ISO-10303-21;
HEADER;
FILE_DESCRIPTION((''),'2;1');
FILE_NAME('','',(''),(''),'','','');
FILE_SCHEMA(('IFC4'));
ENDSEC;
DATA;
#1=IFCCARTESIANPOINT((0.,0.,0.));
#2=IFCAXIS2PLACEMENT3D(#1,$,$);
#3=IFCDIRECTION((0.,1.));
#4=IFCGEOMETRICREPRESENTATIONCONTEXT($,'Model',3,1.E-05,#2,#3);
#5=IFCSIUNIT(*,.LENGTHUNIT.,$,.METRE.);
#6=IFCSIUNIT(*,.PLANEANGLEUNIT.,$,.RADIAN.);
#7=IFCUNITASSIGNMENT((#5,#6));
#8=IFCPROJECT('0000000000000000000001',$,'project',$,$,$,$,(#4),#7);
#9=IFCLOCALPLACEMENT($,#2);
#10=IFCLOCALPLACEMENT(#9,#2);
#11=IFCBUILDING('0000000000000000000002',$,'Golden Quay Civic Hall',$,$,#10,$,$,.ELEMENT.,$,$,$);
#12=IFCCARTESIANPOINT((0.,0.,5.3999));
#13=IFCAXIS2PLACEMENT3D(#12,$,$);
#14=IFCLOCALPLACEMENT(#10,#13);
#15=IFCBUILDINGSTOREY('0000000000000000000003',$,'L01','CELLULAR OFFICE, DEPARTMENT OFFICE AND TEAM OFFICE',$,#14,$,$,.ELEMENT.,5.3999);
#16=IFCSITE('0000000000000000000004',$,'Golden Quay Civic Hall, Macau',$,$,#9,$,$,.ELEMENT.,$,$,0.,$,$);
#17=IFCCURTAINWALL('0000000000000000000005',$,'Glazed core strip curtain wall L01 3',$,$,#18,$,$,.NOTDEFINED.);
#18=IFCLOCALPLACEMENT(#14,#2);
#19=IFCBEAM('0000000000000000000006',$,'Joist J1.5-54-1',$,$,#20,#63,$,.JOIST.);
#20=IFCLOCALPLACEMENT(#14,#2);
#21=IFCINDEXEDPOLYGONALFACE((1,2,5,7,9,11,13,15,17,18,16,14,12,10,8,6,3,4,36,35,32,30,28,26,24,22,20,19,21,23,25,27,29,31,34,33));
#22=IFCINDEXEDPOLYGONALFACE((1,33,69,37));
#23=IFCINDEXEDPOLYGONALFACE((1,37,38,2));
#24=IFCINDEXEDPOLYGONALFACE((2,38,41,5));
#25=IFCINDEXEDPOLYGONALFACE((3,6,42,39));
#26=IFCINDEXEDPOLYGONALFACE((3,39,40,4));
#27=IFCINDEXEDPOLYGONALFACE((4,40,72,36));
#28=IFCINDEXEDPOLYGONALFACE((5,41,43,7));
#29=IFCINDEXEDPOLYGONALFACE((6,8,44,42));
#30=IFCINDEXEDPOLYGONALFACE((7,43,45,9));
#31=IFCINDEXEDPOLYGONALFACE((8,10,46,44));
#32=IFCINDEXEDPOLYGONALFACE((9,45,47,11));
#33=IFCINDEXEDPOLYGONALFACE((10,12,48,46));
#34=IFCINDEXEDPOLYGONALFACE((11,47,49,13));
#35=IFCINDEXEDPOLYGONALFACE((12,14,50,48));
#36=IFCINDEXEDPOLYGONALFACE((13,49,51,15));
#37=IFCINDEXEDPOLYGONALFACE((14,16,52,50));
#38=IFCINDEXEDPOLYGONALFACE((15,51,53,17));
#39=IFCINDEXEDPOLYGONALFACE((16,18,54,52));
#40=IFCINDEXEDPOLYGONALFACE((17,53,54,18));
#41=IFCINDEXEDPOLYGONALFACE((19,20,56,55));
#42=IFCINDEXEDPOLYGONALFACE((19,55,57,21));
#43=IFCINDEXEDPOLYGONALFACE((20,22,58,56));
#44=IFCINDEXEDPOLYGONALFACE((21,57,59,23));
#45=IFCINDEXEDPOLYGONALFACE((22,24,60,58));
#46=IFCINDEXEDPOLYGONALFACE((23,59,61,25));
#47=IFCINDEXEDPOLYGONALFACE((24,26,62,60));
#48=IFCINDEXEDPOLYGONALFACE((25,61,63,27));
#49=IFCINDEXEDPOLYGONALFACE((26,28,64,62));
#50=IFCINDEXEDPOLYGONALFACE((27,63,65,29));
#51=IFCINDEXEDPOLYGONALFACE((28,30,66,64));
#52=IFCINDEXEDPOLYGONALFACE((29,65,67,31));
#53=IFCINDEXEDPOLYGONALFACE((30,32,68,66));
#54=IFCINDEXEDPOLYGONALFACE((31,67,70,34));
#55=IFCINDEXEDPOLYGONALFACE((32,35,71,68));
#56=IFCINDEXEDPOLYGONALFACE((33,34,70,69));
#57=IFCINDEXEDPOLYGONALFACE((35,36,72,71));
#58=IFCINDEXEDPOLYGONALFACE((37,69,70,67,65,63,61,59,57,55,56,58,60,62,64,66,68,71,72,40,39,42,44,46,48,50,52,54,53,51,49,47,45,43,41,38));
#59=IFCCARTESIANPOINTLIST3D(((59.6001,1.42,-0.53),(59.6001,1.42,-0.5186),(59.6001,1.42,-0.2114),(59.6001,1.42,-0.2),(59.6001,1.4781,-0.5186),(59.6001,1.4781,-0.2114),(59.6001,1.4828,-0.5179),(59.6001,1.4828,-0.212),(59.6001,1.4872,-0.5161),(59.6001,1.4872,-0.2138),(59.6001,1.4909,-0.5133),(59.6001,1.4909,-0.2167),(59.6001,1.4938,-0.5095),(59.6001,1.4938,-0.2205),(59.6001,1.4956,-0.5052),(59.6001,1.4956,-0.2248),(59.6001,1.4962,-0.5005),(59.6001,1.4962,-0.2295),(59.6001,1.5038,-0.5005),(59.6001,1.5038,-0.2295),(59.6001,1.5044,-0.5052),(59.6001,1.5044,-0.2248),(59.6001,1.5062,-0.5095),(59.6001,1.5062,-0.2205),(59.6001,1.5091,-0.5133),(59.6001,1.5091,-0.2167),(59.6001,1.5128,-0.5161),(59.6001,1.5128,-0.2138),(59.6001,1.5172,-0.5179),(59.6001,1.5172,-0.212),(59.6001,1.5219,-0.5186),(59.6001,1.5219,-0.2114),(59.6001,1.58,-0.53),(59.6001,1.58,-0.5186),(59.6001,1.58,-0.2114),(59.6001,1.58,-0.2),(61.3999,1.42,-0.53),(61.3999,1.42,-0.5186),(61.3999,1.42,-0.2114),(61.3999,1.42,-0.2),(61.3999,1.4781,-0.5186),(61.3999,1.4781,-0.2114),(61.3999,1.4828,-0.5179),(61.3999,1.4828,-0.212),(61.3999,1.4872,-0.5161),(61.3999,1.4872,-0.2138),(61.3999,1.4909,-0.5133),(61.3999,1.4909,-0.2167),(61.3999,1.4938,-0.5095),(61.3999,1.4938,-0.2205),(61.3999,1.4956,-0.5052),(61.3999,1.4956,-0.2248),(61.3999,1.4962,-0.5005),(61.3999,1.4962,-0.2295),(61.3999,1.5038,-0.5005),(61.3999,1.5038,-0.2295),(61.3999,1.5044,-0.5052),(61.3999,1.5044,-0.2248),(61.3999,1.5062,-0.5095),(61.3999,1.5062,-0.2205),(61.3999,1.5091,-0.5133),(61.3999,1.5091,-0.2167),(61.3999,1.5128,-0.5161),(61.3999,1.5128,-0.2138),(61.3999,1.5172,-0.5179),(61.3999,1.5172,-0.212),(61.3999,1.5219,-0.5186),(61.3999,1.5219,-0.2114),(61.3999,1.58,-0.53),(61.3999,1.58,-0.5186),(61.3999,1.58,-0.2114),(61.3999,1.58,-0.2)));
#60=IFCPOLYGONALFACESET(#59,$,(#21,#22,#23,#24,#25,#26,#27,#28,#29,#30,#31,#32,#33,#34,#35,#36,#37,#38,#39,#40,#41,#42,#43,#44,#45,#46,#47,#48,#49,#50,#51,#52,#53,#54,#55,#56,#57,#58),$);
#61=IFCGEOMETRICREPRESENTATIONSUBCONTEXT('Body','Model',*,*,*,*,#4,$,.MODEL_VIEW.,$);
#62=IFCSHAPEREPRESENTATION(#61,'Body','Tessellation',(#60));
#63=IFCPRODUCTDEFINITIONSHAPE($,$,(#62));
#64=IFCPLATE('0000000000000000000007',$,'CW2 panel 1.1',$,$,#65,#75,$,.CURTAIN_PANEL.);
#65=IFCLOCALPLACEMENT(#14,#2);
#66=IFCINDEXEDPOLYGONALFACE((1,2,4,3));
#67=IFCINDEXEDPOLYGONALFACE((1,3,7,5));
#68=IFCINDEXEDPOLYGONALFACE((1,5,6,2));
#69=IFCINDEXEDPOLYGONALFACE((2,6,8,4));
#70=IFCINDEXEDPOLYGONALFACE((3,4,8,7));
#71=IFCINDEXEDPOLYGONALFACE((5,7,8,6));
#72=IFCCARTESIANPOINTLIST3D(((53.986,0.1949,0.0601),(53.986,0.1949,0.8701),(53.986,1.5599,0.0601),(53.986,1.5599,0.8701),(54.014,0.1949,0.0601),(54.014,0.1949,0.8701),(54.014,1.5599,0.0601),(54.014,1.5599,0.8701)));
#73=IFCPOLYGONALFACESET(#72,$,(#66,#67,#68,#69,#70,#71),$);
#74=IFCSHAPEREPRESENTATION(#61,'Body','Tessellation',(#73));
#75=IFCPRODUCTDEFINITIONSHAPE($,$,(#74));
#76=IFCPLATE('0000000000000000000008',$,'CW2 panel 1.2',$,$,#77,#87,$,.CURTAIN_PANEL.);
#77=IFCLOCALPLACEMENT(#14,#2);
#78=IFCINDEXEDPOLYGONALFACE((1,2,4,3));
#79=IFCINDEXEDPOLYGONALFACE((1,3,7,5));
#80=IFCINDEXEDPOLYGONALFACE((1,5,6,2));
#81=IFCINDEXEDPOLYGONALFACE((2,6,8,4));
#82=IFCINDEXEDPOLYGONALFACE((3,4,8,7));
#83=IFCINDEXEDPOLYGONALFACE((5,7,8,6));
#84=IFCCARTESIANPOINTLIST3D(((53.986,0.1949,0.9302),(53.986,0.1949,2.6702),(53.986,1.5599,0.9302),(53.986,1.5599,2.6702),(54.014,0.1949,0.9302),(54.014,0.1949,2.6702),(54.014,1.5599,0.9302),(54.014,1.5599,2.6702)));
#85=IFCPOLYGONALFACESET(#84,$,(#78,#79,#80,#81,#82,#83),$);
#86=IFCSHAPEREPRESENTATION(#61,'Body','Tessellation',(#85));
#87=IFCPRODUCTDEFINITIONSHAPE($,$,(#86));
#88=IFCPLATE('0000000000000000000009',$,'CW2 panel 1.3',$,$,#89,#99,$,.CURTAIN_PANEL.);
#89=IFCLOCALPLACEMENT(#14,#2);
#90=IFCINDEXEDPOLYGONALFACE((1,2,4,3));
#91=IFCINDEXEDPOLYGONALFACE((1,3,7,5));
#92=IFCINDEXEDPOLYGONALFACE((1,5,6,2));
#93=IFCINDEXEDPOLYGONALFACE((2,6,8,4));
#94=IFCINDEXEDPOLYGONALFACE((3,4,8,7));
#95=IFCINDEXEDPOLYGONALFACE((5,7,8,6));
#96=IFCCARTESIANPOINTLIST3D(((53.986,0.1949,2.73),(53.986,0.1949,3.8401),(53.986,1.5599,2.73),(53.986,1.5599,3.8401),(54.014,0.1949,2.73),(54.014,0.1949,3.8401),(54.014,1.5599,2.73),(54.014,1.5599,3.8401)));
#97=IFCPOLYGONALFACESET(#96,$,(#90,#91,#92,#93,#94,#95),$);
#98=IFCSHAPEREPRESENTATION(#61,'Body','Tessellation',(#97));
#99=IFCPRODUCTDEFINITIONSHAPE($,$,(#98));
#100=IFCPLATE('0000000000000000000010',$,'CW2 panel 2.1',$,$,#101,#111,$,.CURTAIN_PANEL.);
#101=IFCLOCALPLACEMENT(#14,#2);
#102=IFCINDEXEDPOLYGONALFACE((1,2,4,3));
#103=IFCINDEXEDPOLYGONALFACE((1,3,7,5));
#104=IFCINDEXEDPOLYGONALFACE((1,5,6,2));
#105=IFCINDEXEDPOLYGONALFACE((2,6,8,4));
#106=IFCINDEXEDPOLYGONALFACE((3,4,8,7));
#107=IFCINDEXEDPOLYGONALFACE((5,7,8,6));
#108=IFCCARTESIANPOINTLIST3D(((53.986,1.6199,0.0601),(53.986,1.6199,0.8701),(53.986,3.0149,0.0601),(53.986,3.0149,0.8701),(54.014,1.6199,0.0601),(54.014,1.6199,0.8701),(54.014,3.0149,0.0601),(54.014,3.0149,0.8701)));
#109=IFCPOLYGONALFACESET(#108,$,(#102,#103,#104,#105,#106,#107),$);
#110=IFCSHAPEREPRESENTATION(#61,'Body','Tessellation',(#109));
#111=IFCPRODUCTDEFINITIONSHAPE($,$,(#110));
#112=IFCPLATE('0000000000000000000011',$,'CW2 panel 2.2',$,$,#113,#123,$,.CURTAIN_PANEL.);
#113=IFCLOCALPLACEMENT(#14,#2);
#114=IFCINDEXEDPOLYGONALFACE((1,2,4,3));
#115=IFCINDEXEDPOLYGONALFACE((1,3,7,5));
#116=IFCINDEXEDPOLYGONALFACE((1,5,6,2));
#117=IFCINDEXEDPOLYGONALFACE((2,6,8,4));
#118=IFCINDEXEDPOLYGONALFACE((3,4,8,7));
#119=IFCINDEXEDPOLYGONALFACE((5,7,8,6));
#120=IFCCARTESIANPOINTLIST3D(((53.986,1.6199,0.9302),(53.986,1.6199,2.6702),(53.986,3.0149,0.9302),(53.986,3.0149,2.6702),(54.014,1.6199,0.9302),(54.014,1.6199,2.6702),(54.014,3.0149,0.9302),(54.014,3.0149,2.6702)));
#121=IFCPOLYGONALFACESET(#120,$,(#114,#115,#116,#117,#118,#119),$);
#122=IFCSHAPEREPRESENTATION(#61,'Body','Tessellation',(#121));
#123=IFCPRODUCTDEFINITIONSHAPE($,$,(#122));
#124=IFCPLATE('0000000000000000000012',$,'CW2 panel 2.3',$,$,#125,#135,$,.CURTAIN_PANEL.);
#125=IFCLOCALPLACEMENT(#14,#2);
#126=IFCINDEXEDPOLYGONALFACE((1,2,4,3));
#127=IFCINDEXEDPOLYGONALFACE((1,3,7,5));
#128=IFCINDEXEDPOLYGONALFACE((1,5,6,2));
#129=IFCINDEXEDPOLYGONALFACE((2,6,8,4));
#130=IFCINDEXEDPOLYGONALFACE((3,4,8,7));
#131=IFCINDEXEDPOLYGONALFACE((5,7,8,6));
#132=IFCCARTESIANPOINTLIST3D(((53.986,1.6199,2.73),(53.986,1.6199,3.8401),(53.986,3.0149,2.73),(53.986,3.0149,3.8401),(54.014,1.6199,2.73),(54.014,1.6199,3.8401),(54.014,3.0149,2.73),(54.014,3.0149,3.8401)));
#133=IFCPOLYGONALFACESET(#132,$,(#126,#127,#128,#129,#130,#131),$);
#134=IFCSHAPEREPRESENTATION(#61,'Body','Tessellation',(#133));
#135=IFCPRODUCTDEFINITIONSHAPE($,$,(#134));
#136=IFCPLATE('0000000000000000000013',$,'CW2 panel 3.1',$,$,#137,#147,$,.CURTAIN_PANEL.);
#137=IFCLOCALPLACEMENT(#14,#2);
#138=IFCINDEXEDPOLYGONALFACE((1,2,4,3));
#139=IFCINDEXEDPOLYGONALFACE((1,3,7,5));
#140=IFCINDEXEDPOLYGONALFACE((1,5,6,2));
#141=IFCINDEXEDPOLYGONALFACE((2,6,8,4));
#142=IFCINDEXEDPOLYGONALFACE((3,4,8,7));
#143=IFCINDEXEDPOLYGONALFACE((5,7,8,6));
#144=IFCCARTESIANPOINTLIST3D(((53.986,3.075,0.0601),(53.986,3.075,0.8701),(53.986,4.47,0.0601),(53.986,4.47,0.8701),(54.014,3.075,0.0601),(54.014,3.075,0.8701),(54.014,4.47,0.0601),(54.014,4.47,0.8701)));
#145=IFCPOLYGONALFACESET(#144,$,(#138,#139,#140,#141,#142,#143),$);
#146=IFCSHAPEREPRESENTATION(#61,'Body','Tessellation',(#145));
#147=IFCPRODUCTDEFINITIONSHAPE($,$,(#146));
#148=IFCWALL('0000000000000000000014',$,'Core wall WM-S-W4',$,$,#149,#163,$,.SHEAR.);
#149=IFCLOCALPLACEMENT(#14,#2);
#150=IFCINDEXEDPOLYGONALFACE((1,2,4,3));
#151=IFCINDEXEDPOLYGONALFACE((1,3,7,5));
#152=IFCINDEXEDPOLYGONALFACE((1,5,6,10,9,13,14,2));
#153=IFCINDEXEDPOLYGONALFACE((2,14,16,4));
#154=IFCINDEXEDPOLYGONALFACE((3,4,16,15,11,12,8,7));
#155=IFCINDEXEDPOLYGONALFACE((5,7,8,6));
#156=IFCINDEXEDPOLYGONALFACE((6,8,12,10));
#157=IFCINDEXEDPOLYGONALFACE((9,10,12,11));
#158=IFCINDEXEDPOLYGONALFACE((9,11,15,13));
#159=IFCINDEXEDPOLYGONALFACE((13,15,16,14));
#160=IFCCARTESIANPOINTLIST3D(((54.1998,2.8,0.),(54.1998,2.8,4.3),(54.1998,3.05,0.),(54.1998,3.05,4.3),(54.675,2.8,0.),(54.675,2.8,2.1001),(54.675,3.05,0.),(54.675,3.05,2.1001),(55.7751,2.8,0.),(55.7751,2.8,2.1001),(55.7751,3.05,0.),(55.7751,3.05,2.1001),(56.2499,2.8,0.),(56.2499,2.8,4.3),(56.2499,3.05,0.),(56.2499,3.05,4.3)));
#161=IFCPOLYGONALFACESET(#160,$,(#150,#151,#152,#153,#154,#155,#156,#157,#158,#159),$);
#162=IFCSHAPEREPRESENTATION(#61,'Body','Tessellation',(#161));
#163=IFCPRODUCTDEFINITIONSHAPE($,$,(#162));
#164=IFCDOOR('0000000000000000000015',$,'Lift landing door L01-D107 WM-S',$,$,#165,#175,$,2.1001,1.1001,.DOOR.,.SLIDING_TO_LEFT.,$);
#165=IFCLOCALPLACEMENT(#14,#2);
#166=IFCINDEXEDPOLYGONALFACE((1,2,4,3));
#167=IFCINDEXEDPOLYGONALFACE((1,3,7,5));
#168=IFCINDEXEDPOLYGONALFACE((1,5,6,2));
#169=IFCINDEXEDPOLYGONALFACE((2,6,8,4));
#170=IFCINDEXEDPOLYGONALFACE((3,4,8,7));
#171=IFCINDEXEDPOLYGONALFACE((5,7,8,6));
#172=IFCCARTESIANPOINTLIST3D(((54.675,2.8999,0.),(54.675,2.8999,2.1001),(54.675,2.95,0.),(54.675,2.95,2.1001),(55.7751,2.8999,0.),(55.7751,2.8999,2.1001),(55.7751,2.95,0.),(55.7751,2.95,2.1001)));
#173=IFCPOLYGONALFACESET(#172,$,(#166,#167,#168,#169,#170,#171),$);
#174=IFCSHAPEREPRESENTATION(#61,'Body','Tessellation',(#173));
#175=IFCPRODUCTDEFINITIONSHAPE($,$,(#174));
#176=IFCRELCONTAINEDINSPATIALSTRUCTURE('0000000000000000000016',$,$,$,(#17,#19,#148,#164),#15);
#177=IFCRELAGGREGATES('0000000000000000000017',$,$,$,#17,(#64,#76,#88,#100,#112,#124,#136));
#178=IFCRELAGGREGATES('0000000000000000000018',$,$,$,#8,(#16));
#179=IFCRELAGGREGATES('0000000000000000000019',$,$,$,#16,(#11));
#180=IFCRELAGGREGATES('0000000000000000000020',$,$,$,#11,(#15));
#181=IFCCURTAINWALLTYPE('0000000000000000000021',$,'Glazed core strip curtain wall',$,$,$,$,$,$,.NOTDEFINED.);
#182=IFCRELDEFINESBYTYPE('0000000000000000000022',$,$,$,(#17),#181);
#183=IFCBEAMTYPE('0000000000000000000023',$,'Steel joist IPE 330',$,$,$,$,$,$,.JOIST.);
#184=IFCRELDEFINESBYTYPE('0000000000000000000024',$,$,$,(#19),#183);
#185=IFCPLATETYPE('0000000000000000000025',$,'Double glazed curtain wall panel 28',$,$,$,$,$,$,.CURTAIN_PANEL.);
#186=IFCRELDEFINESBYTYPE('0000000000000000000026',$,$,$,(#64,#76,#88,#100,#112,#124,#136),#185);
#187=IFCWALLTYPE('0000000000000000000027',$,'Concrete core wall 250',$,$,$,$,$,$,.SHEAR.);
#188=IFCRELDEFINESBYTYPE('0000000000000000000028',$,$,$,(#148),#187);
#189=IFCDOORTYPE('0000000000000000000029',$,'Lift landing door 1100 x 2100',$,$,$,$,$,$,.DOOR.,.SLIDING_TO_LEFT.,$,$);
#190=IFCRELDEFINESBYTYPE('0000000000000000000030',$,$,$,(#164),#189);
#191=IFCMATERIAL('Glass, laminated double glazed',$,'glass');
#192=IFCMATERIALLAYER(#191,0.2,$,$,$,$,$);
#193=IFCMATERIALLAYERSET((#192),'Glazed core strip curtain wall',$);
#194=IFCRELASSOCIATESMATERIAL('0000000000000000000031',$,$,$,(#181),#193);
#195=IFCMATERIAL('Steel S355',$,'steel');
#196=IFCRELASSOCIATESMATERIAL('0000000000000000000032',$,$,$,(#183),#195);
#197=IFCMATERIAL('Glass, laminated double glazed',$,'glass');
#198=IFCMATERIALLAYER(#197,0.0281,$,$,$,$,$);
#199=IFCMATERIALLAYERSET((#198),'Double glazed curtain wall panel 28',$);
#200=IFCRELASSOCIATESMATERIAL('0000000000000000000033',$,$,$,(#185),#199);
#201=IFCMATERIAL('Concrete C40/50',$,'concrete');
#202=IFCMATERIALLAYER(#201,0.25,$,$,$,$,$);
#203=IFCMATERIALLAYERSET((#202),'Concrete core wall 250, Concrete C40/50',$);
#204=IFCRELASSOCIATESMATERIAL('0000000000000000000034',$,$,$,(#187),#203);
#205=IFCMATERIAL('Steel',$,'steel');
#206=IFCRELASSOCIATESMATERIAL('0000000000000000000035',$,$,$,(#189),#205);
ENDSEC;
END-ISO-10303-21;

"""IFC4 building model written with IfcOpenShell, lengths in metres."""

from ifc_helpers import new_model, si_unit, direction, frame, frame_2d, origin, origin_2d, place, context, subcontext, project, spatial, rectangle, i_section, extrude, material, layer, layer_set, material_profile, profile_set, type_object, element, fill, aggregate, save


model = new_model("IFC4")

# Units and contexts
model_context = context("Model", 3, precision=1e-05, world=origin(), true_north=direction((0.0, 1.0)))
body_context = subcontext(model_context, "Body", "Model", "MODEL_VIEW")
ifc_project = project(units=[si_unit("LENGTHUNIT", "METRE"), si_unit("PLANEANGLEUNIT", "RADIAN")], contexts=[model_context])

# Site, building, storey
site_placement = place(None, origin())
site = spatial("IfcSite", under=ifc_project, at=site_placement, Name="Golden Quay Civic Hall, Macau", CompositionType="ELEMENT", RefElevation=0.0)
building_placement = place(site_placement, origin())
building = spatial("IfcBuilding", under=site, at=building_placement, Name="Golden Quay Civic Hall", CompositionType="ELEMENT")
storey_placement = place(building_placement, frame((0.0, 0.0, 5.3999)))
storey = spatial("IfcBuildingStorey", under=building, at=storey_placement, Name="L01", Description="CELLULAR OFFICE, DEPARTMENT OFFICE AND TEAM OFFICE", CompositionType="ELEMENT", Elevation=5.3999)

# Curtain wall
ifc_material_1 = material(Name="Glass, laminated double glazed", Category="glass")
ifc_layer_1 = layer(ifc_material_1, 0.2)
ifc_layer_set_1 = layer_set([ifc_layer_1], Name="Glazed core strip curtain wall")
curtain_wall_type = type_object("IfcCurtainWallType", Name="Glazed core strip curtain wall", PredefinedType="NOTDEFINED", material=ifc_layer_set_1)
curtain_wall_placement = place(storey_placement, origin())
curtain_wall = element("IfcCurtainWall", 1, at=curtain_wall_placement, inside=storey, type_object=curtain_wall_type, Name="Glazed core strip curtain wall L01 3", PredefinedType="NOTDEFINED")

# Beam
ifc_material_2 = material(Name="Steel S355", Category="steel")
ifc_material_profile_1 = material_profile(ifc_material_2, i_section(OverallWidth=0.1599, OverallDepth=0.3301, WebThickness=0.0076, FlangeThickness=0.0115, FilletRadius=0.0181, at=origin_2d()), Name="IPE 330")
ifc_profile_set_1 = profile_set([ifc_material_profile_1], Name="Steel S355")
beam_type_1 = type_object("IfcBeamType", Name="Steel joist IPE 330", PredefinedType="JOIST", material=ifc_profile_set_1)
beam_1_placement = place(storey_placement, frame((59.6001, 1.5, -0.365), z_axis=(1.0, 0.0, 0.0), x_axis=(0.0, 1.0, 0.0)))
element("IfcBeam", 2, at=beam_1_placement, inside=storey, type_object=beam_type_1, Name="Joist J1.5-54-1", PredefinedType="JOIST", context=body_context, shape_type="SweptSolid", body=[
    extrude(i_section(OverallWidth=0.1599, OverallDepth=0.3301, WebThickness=0.0076, FlangeThickness=0.0115, FilletRadius=0.0181, at=origin_2d()), origin(), (0.0, 0.0, 1.0), 1.7998),
])

# Plates
ifc_material_3 = material(Name="Glass, laminated double glazed", Category="glass")
ifc_layer_2 = layer(ifc_material_3, 0.0281)
ifc_layer_set_2 = layer_set([ifc_layer_2], Name="Double glazed curtain wall panel 28")
plate_type = type_object("IfcPlateType", Name="Double glazed curtain wall panel 28", PredefinedType="CURTAIN_PANEL", material=ifc_layer_set_2)
plate_1_placement = place(storey_placement, frame((54.0, 0.8774, 0.0601), z_axis=(0.0, 0.0, 1.0), x_axis=(0.0, 1.0, 0.0)))
plate_1 = element("IfcPlate", 3, at=plate_1_placement, type_object=plate_type, Name="CW2 panel 1.1", PredefinedType="CURTAIN_PANEL", context=body_context, shape_type="SweptSolid", body=[
    extrude(rectangle(XDim=1.365, YDim=0.0281, at=origin_2d()), origin(), (0.0, 0.0, 1.0), 0.8101),
])
plate_2_placement = place(storey_placement, frame((54.0, 0.8774, 0.9302), z_axis=(0.0, 0.0, 1.0), x_axis=(0.0, 1.0, 0.0)))
plate_2 = element("IfcPlate", 4, at=plate_2_placement, type_object=plate_type, Name="CW2 panel 1.2", PredefinedType="CURTAIN_PANEL", context=body_context, shape_type="SweptSolid", body=[
    extrude(rectangle(XDim=1.365, YDim=0.0281, at=origin_2d()), origin(), (0.0, 0.0, 1.0), 1.74),
])
plate_3_placement = place(storey_placement, frame((54.0, 0.8774, 2.73), z_axis=(0.0, 0.0, 1.0), x_axis=(0.0, 1.0, 0.0)))
plate_3 = element("IfcPlate", 5, at=plate_3_placement, type_object=plate_type, Name="CW2 panel 1.3", PredefinedType="CURTAIN_PANEL", context=body_context, shape_type="SweptSolid", body=[
    extrude(rectangle(XDim=1.365, YDim=0.0281, at=origin_2d()), origin(), (0.0, 0.0, 1.0), 1.1101),
])
plate_4_placement = place(storey_placement, frame((54.0, 2.3174, 0.0601), z_axis=(0.0, 0.0, 1.0), x_axis=(0.0, 1.0, 0.0)))
plate_4 = element("IfcPlate", 6, at=plate_4_placement, type_object=plate_type, Name="CW2 panel 2.1", PredefinedType="CURTAIN_PANEL", context=body_context, shape_type="SweptSolid", body=[
    extrude(rectangle(XDim=1.395, YDim=0.0281, at=origin_2d()), origin(), (0.0, 0.0, 1.0), 0.8101),
])
plate_5_placement = place(storey_placement, frame((54.0, 2.3174, 0.9302), z_axis=(0.0, 0.0, 1.0), x_axis=(0.0, 1.0, 0.0)))
plate_5 = element("IfcPlate", 7, at=plate_5_placement, type_object=plate_type, Name="CW2 panel 2.2", PredefinedType="CURTAIN_PANEL", context=body_context, shape_type="SweptSolid", body=[
    extrude(rectangle(XDim=1.395, YDim=0.0281, at=origin_2d()), origin(), (0.0, 0.0, 1.0), 1.74),
])
plate_6_placement = place(storey_placement, frame((54.0, 2.3174, 2.73), z_axis=(0.0, 0.0, 1.0), x_axis=(0.0, 1.0, 0.0)))
plate_6 = element("IfcPlate", 8, at=plate_6_placement, type_object=plate_type, Name="CW2 panel 2.3", PredefinedType="CURTAIN_PANEL", context=body_context, shape_type="SweptSolid", body=[
    extrude(rectangle(XDim=1.395, YDim=0.0281, at=origin_2d()), origin(), (0.0, 0.0, 1.0), 1.1101),
])
plate_7_placement = place(storey_placement, frame((54.0, 3.7725, 0.0601), z_axis=(0.0, 0.0, 1.0), x_axis=(0.0, 1.0, 0.0)))
plate_7 = element("IfcPlate", 9, at=plate_7_placement, type_object=plate_type, Name="CW2 panel 3.1", PredefinedType="CURTAIN_PANEL", context=body_context, shape_type="SweptSolid", body=[
    extrude(rectangle(XDim=1.395, YDim=0.0281, at=origin_2d()), origin(), (0.0, 0.0, 1.0), 0.8101),
])
aggregate(curtain_wall, [plate_1, plate_2, plate_3, plate_4, plate_5, plate_6, plate_7])

# Wall, opening, door
ifc_material_4 = material(Name="Concrete C40/50", Category="concrete")
ifc_layer_3 = layer(ifc_material_4, 0.25)
ifc_layer_set_3 = layer_set([ifc_layer_3], Name="Concrete core wall 250, Concrete C40/50")
wall_type = type_object("IfcWallType", Name="Concrete core wall 250", PredefinedType="SHEAR", material=ifc_layer_set_3)
wall_placement = place(storey_placement, frame((54.2, 2.925, 0.0), z_axis=(0.0, 0.0, 1.0), x_axis=(1.0, 0.0, 0.0)))
wall = element("IfcWall", 10, at=wall_placement, inside=storey, type_object=wall_type, Name="Core wall WM-S-W4", PredefinedType="SHEAR", context=body_context, shape_type="SweptSolid", body=[
    extrude(rectangle(XDim=2.05, YDim=0.25, at=frame_2d((1.0249, 0.0))), origin(), (0.0, 0.0, 1.0), 4.3),
])
opening_placement = place(wall_placement, frame((0.4751, 0.0, 0.0)))
opening = element("IfcOpeningElement", 11, at=opening_placement, cuts=wall, PredefinedType="OPENING", context=body_context, shape_type="SweptSolid", body=[
    extrude(rectangle(XDim=1.1001, YDim=2.1001, at=frame_2d((0.55, 1.05))), frame((0.0, 0.135, 0.0), z_axis=(0.0, -1.0, 0.0), x_axis=(1.0, 0.0, 0.0)), (0.0, 0.0, 1.0), 0.27),
])
ifc_material_5 = material(Name="Steel", Category="steel")
door_type = type_object("IfcDoorType", Name="Lift landing door 1100 x 2100", OperationType="SLIDING_TO_LEFT", PredefinedType="DOOR", material=ifc_material_5)
door_placement = place(opening_placement, origin())
door = element("IfcDoor", 12, at=door_placement, inside=storey, type_object=door_type, Name="Lift landing door L01-D107 WM-S", OperationType="SLIDING_TO_LEFT", OverallHeight=2.1001, OverallWidth=1.1001, PredefinedType="DOOR", context=body_context, shape_type="SweptSolid", body=[
    extrude(rectangle(XDim=1.1001, YDim=2.1001, at=frame_2d((0.55, 1.05))), frame((0.0, 0.0249, 0.0), z_axis=(0.0, -1.0, 0.0), x_axis=(1.0, 0.0, 0.0)), (0.0, 0.0, 1.0), 0.05),
])
fill(opening, door)

save(model, "model.ifc")
